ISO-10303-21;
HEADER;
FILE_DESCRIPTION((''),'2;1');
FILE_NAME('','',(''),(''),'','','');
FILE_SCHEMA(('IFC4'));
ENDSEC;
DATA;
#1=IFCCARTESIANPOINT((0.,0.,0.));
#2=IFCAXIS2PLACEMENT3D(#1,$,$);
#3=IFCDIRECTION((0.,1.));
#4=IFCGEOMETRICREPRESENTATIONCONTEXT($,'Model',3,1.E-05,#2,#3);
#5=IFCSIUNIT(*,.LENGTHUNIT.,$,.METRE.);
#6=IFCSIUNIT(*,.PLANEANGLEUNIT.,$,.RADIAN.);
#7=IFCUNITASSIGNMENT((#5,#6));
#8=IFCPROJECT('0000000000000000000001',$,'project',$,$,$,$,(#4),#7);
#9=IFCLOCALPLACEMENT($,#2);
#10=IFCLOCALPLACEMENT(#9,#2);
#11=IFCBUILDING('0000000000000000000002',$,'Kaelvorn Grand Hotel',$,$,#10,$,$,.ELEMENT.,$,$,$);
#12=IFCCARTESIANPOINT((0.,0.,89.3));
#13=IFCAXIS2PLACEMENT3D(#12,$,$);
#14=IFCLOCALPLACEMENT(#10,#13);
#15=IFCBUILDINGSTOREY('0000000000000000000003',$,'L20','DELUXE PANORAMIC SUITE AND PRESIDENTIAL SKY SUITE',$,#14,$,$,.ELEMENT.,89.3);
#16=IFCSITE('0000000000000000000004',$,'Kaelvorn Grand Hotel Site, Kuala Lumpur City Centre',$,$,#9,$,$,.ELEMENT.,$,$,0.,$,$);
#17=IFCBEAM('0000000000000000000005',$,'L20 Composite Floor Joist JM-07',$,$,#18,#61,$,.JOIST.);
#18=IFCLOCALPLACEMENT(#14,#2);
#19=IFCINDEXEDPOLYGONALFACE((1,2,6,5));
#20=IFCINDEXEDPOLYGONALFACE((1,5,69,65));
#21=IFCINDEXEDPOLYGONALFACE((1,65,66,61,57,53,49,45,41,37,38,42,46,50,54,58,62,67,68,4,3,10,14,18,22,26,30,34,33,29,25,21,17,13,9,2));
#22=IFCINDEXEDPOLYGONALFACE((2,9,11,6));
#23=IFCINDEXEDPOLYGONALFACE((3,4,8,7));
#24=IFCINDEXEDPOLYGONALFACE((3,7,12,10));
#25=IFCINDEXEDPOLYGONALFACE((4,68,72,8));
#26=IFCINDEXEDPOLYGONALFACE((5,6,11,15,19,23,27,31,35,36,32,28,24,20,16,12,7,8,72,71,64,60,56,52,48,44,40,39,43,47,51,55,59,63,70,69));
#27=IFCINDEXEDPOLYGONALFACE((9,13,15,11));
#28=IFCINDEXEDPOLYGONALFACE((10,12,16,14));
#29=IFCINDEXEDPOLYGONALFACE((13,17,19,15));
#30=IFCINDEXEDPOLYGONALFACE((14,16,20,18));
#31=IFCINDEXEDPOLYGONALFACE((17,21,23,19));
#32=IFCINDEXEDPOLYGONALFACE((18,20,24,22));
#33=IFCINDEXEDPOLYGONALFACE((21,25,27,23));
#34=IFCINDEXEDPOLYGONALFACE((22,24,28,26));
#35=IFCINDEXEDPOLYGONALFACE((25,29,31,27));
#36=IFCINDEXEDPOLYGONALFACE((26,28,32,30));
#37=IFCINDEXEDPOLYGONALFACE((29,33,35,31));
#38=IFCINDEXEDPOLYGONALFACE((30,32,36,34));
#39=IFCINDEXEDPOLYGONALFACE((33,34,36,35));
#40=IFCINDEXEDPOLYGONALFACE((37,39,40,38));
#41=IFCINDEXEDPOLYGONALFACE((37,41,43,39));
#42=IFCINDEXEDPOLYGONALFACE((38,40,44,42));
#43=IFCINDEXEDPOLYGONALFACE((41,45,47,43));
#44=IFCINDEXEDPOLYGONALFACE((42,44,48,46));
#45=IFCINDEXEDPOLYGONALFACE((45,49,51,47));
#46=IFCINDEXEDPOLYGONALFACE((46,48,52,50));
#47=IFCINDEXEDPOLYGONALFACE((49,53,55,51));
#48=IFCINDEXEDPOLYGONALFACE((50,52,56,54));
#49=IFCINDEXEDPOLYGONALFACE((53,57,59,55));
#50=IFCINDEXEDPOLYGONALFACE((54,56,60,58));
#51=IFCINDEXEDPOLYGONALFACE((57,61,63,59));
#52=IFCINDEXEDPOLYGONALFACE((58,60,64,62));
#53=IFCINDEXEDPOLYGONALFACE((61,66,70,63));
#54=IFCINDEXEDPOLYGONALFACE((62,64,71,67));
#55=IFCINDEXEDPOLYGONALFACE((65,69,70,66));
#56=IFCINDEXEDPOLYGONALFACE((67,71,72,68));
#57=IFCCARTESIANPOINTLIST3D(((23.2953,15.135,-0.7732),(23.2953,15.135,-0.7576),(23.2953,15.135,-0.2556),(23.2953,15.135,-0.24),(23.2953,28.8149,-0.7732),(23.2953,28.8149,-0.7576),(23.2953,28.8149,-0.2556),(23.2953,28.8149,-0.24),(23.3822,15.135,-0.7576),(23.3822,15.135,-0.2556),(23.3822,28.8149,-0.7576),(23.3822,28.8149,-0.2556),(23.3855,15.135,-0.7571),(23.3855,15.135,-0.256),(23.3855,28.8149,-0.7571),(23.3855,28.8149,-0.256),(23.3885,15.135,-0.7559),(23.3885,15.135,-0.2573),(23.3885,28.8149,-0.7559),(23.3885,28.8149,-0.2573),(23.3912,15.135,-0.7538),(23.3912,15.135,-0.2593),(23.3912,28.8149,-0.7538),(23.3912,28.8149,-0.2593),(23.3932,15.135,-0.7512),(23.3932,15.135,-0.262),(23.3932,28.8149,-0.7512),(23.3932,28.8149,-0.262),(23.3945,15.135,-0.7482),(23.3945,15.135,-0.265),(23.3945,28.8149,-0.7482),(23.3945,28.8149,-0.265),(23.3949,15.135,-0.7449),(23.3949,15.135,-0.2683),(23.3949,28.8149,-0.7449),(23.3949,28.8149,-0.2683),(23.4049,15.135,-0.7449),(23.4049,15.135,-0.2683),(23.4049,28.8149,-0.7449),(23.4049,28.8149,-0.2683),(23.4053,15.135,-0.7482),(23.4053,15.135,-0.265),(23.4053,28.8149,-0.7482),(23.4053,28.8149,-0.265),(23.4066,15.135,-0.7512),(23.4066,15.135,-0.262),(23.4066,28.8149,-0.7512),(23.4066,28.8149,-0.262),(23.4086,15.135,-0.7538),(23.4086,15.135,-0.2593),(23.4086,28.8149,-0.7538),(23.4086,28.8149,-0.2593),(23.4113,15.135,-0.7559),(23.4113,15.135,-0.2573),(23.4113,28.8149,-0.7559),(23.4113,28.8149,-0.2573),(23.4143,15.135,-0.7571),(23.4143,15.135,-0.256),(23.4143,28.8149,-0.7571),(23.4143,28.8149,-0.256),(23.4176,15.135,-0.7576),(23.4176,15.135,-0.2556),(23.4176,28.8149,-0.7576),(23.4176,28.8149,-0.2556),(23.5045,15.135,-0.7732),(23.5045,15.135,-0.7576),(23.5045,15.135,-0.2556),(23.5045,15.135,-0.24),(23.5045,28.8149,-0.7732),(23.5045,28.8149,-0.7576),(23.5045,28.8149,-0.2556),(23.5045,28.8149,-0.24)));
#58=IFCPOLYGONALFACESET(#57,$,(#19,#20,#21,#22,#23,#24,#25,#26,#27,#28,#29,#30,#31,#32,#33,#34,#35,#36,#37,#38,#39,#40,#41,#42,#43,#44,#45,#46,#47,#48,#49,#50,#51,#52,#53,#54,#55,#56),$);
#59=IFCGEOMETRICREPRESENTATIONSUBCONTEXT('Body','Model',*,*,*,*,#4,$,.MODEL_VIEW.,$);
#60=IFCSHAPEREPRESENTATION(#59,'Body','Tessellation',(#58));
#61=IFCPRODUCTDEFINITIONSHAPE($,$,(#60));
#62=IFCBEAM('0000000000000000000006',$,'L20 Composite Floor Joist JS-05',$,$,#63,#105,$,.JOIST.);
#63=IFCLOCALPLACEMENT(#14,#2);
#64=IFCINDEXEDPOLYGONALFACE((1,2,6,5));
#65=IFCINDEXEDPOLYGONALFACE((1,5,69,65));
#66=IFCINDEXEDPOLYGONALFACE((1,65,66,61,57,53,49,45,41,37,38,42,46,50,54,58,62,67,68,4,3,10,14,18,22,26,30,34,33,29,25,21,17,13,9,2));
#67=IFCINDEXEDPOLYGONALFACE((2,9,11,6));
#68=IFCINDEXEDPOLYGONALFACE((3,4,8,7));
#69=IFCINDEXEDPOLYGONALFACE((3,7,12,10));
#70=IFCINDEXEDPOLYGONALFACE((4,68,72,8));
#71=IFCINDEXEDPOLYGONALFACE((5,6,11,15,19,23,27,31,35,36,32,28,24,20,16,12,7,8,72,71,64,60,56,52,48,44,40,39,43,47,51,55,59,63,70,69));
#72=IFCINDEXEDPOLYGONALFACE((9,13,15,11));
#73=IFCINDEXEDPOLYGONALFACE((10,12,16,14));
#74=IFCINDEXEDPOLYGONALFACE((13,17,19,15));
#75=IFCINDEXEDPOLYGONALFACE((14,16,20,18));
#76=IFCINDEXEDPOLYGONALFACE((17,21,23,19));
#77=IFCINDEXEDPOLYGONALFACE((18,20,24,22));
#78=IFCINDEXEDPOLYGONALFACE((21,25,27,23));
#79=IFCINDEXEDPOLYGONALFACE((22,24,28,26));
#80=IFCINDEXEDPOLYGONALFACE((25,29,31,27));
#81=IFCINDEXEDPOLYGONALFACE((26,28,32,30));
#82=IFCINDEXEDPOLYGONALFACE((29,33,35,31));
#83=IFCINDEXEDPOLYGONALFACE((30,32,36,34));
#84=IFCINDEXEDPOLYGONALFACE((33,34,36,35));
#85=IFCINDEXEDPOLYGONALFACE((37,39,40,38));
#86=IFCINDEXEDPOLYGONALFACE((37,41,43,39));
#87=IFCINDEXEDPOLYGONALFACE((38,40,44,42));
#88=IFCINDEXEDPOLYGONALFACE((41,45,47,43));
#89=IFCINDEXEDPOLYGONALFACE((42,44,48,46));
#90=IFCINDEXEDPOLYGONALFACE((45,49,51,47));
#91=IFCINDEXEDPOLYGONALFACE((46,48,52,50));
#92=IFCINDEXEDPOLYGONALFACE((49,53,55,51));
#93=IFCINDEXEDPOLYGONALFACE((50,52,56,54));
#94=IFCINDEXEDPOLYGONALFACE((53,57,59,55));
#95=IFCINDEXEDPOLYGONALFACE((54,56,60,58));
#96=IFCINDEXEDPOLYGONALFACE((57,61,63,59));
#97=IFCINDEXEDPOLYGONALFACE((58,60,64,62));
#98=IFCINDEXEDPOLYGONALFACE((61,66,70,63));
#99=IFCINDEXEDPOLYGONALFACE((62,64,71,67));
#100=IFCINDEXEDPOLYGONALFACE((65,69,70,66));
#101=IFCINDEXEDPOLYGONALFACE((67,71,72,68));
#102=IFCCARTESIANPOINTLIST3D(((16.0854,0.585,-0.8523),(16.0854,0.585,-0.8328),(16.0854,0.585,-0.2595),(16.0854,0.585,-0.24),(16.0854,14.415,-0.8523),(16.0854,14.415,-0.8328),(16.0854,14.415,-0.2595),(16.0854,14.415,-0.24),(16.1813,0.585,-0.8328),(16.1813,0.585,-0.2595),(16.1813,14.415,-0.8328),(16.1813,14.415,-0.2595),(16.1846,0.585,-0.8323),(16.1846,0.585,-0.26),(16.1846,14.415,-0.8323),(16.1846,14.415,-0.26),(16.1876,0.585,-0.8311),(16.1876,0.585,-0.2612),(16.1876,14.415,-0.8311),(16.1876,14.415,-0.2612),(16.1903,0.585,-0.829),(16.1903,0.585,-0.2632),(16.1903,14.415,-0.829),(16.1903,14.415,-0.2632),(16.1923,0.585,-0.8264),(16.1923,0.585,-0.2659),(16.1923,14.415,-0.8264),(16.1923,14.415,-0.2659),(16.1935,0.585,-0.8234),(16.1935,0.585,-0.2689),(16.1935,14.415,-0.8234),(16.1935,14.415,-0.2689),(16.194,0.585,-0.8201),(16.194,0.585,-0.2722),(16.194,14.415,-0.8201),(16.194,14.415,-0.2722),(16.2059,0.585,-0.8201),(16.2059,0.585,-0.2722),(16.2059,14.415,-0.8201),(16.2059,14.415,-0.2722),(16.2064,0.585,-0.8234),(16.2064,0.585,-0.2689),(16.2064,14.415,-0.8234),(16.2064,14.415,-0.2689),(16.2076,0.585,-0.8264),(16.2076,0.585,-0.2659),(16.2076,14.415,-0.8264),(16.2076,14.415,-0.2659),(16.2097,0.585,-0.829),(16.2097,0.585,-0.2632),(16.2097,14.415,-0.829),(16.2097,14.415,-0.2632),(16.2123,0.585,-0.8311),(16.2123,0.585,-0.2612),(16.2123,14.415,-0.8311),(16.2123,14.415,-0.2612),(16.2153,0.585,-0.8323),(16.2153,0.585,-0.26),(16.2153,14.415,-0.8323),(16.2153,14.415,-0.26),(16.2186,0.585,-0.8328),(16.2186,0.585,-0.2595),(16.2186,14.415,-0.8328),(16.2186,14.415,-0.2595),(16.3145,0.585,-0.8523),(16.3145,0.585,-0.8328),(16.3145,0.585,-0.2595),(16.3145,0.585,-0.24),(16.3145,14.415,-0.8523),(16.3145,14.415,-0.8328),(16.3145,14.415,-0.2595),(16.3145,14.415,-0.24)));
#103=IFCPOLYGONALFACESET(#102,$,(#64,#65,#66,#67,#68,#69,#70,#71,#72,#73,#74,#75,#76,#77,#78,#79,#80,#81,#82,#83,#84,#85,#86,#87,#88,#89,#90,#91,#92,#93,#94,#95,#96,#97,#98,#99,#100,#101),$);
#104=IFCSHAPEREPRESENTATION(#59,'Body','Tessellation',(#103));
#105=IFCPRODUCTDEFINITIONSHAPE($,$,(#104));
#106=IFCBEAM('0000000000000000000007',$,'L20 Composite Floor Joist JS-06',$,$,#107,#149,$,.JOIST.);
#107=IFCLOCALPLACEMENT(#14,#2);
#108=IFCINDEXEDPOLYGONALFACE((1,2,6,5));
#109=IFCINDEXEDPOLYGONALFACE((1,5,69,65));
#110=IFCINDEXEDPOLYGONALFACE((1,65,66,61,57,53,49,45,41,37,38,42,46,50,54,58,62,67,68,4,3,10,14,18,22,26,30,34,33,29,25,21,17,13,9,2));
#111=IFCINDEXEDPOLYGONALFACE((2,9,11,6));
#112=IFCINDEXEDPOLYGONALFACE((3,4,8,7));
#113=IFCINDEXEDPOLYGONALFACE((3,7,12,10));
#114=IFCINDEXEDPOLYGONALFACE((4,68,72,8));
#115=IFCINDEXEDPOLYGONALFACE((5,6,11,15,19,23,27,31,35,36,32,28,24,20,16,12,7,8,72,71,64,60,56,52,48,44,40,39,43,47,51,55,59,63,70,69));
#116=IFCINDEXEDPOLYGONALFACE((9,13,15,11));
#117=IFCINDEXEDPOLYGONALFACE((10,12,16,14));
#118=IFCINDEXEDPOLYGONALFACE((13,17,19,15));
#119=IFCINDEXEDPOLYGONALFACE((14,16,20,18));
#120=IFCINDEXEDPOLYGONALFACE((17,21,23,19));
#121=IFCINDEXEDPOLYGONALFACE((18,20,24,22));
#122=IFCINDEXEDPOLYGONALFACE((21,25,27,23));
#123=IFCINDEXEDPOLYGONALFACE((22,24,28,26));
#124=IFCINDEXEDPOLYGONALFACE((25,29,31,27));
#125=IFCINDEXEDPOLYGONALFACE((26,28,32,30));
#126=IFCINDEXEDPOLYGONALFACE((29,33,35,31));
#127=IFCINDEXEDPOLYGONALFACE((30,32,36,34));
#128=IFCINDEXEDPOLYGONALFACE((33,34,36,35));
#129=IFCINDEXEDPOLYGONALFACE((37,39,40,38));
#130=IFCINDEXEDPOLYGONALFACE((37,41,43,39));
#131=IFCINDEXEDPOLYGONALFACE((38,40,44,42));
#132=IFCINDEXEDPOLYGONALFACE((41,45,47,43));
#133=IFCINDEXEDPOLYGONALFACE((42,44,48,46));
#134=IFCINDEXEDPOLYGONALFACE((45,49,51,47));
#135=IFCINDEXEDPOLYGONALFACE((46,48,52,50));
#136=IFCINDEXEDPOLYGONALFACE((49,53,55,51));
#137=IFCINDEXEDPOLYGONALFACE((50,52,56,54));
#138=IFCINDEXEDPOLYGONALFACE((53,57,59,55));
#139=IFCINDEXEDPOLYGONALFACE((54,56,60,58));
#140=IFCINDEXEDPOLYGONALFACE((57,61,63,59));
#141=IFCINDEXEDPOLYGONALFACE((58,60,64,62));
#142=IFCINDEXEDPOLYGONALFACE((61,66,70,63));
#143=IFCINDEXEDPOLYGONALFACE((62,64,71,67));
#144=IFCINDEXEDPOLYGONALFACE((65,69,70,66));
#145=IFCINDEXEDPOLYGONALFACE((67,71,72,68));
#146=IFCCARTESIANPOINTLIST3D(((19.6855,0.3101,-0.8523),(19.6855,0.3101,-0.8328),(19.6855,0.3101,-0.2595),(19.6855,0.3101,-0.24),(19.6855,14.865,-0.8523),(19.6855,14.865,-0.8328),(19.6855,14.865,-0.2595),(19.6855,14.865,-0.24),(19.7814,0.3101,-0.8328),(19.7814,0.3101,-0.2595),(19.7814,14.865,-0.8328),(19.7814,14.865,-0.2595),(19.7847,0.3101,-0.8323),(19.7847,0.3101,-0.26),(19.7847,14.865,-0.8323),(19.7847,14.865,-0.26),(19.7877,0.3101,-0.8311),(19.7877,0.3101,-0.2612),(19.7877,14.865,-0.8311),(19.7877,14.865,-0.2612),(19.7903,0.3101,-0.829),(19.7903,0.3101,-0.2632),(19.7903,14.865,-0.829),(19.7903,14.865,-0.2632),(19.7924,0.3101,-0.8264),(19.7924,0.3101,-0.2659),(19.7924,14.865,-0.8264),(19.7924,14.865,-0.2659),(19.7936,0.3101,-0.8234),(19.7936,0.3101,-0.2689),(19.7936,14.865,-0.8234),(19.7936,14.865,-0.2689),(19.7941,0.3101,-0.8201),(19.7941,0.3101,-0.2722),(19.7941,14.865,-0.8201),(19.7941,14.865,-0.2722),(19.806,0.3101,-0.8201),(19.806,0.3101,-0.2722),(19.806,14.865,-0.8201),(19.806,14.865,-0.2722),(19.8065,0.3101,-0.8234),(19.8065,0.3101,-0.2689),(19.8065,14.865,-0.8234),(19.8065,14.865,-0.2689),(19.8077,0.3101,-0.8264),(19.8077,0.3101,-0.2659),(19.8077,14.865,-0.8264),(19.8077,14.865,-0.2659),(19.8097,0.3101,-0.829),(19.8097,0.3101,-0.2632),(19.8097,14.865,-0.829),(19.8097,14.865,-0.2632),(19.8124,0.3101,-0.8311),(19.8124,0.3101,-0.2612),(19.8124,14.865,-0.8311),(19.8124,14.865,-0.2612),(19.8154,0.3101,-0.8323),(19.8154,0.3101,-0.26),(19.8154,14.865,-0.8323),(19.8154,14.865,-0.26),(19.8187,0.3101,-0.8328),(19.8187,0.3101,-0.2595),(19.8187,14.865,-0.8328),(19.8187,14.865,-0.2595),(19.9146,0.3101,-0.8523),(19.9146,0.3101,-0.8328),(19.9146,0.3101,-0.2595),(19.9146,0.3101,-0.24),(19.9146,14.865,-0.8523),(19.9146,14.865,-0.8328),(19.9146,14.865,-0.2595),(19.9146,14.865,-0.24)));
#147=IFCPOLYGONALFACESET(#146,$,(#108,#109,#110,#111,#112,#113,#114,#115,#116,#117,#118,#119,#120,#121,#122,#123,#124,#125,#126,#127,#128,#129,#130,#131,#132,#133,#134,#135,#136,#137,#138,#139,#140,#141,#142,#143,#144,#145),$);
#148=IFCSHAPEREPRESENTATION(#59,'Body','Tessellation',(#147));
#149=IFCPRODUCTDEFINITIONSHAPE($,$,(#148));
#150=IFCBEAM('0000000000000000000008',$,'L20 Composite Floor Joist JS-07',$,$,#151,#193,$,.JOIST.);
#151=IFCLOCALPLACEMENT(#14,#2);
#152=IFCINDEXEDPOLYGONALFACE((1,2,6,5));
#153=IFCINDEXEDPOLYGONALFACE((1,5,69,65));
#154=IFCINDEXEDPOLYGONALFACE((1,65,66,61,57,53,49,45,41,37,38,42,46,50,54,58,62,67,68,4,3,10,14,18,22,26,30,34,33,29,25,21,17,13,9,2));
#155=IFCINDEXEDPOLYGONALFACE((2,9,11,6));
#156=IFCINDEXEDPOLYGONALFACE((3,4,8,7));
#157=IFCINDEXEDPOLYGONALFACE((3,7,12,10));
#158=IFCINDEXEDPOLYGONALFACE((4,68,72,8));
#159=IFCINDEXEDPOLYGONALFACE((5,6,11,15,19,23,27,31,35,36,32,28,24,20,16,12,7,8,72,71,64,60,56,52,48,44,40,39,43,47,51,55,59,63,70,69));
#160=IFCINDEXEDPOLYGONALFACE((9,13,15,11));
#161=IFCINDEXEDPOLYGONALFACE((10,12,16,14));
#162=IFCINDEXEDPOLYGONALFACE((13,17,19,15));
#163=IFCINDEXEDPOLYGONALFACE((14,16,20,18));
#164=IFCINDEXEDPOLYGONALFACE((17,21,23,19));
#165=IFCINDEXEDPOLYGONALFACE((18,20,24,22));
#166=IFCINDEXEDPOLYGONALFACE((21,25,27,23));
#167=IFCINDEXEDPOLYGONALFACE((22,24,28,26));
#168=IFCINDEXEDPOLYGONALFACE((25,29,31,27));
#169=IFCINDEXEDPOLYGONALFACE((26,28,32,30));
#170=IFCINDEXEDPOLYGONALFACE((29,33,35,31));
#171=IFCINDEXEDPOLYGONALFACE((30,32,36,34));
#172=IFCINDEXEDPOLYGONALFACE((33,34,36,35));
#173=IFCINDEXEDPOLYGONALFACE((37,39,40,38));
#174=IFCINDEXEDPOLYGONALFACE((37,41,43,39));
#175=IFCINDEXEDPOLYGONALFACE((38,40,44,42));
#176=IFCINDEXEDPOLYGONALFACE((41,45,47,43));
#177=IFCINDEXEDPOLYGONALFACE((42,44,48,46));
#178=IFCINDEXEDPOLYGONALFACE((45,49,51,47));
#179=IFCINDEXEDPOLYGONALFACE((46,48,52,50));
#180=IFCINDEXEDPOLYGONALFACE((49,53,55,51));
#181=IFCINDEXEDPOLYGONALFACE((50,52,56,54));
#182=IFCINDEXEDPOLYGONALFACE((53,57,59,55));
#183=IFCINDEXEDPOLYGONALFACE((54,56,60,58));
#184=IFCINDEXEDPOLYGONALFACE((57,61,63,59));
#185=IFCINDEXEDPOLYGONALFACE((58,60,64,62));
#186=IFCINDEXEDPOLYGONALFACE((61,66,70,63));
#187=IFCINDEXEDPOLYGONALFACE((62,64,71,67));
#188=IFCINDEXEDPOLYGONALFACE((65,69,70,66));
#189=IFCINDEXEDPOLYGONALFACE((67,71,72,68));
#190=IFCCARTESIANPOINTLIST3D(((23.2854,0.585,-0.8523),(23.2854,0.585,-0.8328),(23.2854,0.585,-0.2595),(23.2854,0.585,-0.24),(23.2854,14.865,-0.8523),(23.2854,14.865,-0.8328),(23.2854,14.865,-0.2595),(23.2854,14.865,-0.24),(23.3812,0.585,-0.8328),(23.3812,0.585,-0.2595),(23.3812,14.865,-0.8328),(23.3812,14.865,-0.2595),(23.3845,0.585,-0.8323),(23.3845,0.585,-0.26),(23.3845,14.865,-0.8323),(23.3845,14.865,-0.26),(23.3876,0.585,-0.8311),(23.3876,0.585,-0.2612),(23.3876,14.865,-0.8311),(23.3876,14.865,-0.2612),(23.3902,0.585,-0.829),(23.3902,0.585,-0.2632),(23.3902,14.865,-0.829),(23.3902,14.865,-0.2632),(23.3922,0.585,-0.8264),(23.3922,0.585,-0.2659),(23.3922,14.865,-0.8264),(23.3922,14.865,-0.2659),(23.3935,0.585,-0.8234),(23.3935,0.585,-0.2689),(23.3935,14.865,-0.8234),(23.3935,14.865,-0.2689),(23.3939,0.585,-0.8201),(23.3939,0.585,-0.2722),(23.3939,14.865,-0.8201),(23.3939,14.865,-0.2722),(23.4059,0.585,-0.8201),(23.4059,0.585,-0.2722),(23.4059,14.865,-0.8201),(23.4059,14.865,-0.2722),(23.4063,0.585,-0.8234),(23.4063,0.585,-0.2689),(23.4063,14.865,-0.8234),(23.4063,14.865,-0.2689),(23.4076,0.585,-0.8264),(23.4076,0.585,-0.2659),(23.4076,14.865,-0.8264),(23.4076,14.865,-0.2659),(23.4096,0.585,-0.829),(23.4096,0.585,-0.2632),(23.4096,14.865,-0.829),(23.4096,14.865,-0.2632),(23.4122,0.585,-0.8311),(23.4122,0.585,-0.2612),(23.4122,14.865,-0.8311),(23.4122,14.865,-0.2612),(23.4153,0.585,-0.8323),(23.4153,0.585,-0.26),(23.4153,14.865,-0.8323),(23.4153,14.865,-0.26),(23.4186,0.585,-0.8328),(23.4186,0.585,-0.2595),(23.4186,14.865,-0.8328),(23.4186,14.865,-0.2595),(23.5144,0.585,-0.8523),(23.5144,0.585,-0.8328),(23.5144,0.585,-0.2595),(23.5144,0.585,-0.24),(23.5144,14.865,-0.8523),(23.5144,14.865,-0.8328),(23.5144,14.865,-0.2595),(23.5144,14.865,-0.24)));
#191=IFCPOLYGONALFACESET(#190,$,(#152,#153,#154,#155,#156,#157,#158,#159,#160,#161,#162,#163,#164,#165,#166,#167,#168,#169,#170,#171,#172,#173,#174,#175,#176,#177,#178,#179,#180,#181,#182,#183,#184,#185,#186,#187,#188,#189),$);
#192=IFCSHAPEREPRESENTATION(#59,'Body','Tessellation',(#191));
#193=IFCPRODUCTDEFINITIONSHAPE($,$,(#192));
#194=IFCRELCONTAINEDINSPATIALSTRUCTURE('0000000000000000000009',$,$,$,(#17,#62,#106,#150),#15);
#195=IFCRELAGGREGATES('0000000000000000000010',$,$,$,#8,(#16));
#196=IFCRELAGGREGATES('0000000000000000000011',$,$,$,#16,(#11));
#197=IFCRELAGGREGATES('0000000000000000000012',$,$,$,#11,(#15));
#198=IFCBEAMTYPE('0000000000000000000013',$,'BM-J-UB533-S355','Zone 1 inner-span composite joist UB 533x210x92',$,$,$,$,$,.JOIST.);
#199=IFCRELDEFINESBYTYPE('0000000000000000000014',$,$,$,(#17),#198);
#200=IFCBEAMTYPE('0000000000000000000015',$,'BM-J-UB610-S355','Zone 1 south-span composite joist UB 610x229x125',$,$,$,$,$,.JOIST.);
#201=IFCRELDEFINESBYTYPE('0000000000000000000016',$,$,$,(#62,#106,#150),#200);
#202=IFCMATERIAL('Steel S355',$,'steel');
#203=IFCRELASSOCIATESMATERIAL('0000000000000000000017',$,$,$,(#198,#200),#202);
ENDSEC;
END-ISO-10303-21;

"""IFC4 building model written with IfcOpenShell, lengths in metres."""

from ifc_helpers import new_model, si_unit, direction, frame, origin, origin_2d, place, context, subcontext, project, spatial, i_section, extrude, material, material_profile, profile_set, type_object, element, save


model = new_model("IFC4")

# Units and contexts
model_context = context("Model", 3, precision=1e-05, world=origin(), true_north=direction((0.0, 1.0)))
body_context = subcontext(model_context, "Body", "Model", "MODEL_VIEW")
ifc_project = project(units=[si_unit("LENGTHUNIT", "METRE"), si_unit("PLANEANGLEUNIT", "RADIAN")], contexts=[model_context])

# Site, building, storey
site_placement = place(None, origin())
site = spatial("IfcSite", under=ifc_project, at=site_placement, Name="Kaelvorn Grand Hotel Site, Kuala Lumpur City Centre", CompositionType="ELEMENT", RefElevation=0.0)
building_placement = place(site_placement, origin())
building = spatial("IfcBuilding", under=site, at=building_placement, Name="Kaelvorn Grand Hotel", CompositionType="ELEMENT")
storey_placement = place(building_placement, frame((0.0, 0.0, 89.3)))
storey = spatial("IfcBuildingStorey", under=building, at=storey_placement, Name="L20", Description="DELUXE PANORAMIC SUITE AND PRESIDENTIAL SKY SUITE", CompositionType="ELEMENT", Elevation=89.3)

# Beams
ifc_material_1 = material(Name="Steel S355", Category="steel")
ifc_material_profile_1 = material_profile(ifc_material_1, i_section(OverallWidth=0.2092, OverallDepth=0.5332, WebThickness=0.01, FlangeThickness=0.0156, FilletRadius=0.0127, at=origin_2d()), Name="UB 533x210x92")
ifc_profile_set_1 = profile_set([ifc_material_profile_1], Name="Steel S355")
beam_type_1 = type_object("IfcBeamType", Name="BM-J-UB533-S355", Description="Zone 1 inner-span composite joist UB 533x210x92", PredefinedType="JOIST", material=ifc_profile_set_1)
beam_1_placement = place(storey_placement, frame((23.3999, 15.135, -0.5066), z_axis=(0.0, 1.0, 0.0), x_axis=(-1.0, 0.0, 0.0)))
element("IfcBeam", 1, at=beam_1_placement, inside=storey, type_object=beam_type_1, Name="L20 Composite Floor Joist JM-07", PredefinedType="JOIST", context=body_context, shape_type="SweptSolid", body=[
    extrude(i_section(OverallWidth=0.2092, OverallDepth=0.5332, WebThickness=0.01, FlangeThickness=0.0156, FilletRadius=0.0127, at=origin_2d()), origin(), (0.0, 0.0, 1.0), 13.6799),
])
ifc_material_profile_2 = material_profile(ifc_material_1, i_section(OverallWidth=0.229, OverallDepth=0.6123, WebThickness=0.012, FlangeThickness=0.0195, FilletRadius=0.0127, at=origin_2d()), Name="UB 610x229x125")
ifc_profile_set_2 = profile_set([ifc_material_profile_2], Name="Steel S355")
beam_type_2 = type_object("IfcBeamType", Name="BM-J-UB610-S355", Description="Zone 1 south-span composite joist UB 610x229x125", PredefinedType="JOIST", material=ifc_profile_set_2)
beam_2_placement = place(storey_placement, frame((16.2, 0.585, -0.5461), z_axis=(0.0, 1.0, 0.0), x_axis=(-1.0, 0.0, 0.0)))
element("IfcBeam", 2, at=beam_2_placement, inside=storey, type_object=beam_type_2, Name="L20 Composite Floor Joist JS-05", PredefinedType="JOIST", context=body_context, shape_type="SweptSolid", body=[
    extrude(i_section(OverallWidth=0.229, OverallDepth=0.6123, WebThickness=0.012, FlangeThickness=0.0195, FilletRadius=0.0127, at=origin_2d()), origin(), (0.0, 0.0, 1.0), 13.8301),
])
beam_3_placement = place(storey_placement, frame((19.8, 0.3101, -0.5461), z_axis=(0.0, 1.0, 0.0), x_axis=(-1.0, 0.0, 0.0)))
element("IfcBeam", 3, at=beam_3_placement, inside=storey, type_object=beam_type_2, Name="L20 Composite Floor Joist JS-06", PredefinedType="JOIST", context=body_context, shape_type="SweptSolid", body=[
    extrude(i_section(OverallWidth=0.229, OverallDepth=0.6123, WebThickness=0.012, FlangeThickness=0.0195, FilletRadius=0.0127, at=origin_2d()), origin(), (0.0, 0.0, 1.0), 14.5549),
])
beam_4_placement = place(storey_placement, frame((23.3999, 0.585, -0.5461), z_axis=(0.0, 1.0, 0.0), x_axis=(-1.0, 0.0, 0.0)))
element("IfcBeam", 4, at=beam_4_placement, inside=storey, type_object=beam_type_2, Name="L20 Composite Floor Joist JS-07", PredefinedType="JOIST", context=body_context, shape_type="SweptSolid", body=[
    extrude(i_section(OverallWidth=0.229, OverallDepth=0.6123, WebThickness=0.012, FlangeThickness=0.0195, FilletRadius=0.0127, at=origin_2d()), origin(), (0.0, 0.0, 1.0), 14.28),
])

save(model, "model.ifc")
